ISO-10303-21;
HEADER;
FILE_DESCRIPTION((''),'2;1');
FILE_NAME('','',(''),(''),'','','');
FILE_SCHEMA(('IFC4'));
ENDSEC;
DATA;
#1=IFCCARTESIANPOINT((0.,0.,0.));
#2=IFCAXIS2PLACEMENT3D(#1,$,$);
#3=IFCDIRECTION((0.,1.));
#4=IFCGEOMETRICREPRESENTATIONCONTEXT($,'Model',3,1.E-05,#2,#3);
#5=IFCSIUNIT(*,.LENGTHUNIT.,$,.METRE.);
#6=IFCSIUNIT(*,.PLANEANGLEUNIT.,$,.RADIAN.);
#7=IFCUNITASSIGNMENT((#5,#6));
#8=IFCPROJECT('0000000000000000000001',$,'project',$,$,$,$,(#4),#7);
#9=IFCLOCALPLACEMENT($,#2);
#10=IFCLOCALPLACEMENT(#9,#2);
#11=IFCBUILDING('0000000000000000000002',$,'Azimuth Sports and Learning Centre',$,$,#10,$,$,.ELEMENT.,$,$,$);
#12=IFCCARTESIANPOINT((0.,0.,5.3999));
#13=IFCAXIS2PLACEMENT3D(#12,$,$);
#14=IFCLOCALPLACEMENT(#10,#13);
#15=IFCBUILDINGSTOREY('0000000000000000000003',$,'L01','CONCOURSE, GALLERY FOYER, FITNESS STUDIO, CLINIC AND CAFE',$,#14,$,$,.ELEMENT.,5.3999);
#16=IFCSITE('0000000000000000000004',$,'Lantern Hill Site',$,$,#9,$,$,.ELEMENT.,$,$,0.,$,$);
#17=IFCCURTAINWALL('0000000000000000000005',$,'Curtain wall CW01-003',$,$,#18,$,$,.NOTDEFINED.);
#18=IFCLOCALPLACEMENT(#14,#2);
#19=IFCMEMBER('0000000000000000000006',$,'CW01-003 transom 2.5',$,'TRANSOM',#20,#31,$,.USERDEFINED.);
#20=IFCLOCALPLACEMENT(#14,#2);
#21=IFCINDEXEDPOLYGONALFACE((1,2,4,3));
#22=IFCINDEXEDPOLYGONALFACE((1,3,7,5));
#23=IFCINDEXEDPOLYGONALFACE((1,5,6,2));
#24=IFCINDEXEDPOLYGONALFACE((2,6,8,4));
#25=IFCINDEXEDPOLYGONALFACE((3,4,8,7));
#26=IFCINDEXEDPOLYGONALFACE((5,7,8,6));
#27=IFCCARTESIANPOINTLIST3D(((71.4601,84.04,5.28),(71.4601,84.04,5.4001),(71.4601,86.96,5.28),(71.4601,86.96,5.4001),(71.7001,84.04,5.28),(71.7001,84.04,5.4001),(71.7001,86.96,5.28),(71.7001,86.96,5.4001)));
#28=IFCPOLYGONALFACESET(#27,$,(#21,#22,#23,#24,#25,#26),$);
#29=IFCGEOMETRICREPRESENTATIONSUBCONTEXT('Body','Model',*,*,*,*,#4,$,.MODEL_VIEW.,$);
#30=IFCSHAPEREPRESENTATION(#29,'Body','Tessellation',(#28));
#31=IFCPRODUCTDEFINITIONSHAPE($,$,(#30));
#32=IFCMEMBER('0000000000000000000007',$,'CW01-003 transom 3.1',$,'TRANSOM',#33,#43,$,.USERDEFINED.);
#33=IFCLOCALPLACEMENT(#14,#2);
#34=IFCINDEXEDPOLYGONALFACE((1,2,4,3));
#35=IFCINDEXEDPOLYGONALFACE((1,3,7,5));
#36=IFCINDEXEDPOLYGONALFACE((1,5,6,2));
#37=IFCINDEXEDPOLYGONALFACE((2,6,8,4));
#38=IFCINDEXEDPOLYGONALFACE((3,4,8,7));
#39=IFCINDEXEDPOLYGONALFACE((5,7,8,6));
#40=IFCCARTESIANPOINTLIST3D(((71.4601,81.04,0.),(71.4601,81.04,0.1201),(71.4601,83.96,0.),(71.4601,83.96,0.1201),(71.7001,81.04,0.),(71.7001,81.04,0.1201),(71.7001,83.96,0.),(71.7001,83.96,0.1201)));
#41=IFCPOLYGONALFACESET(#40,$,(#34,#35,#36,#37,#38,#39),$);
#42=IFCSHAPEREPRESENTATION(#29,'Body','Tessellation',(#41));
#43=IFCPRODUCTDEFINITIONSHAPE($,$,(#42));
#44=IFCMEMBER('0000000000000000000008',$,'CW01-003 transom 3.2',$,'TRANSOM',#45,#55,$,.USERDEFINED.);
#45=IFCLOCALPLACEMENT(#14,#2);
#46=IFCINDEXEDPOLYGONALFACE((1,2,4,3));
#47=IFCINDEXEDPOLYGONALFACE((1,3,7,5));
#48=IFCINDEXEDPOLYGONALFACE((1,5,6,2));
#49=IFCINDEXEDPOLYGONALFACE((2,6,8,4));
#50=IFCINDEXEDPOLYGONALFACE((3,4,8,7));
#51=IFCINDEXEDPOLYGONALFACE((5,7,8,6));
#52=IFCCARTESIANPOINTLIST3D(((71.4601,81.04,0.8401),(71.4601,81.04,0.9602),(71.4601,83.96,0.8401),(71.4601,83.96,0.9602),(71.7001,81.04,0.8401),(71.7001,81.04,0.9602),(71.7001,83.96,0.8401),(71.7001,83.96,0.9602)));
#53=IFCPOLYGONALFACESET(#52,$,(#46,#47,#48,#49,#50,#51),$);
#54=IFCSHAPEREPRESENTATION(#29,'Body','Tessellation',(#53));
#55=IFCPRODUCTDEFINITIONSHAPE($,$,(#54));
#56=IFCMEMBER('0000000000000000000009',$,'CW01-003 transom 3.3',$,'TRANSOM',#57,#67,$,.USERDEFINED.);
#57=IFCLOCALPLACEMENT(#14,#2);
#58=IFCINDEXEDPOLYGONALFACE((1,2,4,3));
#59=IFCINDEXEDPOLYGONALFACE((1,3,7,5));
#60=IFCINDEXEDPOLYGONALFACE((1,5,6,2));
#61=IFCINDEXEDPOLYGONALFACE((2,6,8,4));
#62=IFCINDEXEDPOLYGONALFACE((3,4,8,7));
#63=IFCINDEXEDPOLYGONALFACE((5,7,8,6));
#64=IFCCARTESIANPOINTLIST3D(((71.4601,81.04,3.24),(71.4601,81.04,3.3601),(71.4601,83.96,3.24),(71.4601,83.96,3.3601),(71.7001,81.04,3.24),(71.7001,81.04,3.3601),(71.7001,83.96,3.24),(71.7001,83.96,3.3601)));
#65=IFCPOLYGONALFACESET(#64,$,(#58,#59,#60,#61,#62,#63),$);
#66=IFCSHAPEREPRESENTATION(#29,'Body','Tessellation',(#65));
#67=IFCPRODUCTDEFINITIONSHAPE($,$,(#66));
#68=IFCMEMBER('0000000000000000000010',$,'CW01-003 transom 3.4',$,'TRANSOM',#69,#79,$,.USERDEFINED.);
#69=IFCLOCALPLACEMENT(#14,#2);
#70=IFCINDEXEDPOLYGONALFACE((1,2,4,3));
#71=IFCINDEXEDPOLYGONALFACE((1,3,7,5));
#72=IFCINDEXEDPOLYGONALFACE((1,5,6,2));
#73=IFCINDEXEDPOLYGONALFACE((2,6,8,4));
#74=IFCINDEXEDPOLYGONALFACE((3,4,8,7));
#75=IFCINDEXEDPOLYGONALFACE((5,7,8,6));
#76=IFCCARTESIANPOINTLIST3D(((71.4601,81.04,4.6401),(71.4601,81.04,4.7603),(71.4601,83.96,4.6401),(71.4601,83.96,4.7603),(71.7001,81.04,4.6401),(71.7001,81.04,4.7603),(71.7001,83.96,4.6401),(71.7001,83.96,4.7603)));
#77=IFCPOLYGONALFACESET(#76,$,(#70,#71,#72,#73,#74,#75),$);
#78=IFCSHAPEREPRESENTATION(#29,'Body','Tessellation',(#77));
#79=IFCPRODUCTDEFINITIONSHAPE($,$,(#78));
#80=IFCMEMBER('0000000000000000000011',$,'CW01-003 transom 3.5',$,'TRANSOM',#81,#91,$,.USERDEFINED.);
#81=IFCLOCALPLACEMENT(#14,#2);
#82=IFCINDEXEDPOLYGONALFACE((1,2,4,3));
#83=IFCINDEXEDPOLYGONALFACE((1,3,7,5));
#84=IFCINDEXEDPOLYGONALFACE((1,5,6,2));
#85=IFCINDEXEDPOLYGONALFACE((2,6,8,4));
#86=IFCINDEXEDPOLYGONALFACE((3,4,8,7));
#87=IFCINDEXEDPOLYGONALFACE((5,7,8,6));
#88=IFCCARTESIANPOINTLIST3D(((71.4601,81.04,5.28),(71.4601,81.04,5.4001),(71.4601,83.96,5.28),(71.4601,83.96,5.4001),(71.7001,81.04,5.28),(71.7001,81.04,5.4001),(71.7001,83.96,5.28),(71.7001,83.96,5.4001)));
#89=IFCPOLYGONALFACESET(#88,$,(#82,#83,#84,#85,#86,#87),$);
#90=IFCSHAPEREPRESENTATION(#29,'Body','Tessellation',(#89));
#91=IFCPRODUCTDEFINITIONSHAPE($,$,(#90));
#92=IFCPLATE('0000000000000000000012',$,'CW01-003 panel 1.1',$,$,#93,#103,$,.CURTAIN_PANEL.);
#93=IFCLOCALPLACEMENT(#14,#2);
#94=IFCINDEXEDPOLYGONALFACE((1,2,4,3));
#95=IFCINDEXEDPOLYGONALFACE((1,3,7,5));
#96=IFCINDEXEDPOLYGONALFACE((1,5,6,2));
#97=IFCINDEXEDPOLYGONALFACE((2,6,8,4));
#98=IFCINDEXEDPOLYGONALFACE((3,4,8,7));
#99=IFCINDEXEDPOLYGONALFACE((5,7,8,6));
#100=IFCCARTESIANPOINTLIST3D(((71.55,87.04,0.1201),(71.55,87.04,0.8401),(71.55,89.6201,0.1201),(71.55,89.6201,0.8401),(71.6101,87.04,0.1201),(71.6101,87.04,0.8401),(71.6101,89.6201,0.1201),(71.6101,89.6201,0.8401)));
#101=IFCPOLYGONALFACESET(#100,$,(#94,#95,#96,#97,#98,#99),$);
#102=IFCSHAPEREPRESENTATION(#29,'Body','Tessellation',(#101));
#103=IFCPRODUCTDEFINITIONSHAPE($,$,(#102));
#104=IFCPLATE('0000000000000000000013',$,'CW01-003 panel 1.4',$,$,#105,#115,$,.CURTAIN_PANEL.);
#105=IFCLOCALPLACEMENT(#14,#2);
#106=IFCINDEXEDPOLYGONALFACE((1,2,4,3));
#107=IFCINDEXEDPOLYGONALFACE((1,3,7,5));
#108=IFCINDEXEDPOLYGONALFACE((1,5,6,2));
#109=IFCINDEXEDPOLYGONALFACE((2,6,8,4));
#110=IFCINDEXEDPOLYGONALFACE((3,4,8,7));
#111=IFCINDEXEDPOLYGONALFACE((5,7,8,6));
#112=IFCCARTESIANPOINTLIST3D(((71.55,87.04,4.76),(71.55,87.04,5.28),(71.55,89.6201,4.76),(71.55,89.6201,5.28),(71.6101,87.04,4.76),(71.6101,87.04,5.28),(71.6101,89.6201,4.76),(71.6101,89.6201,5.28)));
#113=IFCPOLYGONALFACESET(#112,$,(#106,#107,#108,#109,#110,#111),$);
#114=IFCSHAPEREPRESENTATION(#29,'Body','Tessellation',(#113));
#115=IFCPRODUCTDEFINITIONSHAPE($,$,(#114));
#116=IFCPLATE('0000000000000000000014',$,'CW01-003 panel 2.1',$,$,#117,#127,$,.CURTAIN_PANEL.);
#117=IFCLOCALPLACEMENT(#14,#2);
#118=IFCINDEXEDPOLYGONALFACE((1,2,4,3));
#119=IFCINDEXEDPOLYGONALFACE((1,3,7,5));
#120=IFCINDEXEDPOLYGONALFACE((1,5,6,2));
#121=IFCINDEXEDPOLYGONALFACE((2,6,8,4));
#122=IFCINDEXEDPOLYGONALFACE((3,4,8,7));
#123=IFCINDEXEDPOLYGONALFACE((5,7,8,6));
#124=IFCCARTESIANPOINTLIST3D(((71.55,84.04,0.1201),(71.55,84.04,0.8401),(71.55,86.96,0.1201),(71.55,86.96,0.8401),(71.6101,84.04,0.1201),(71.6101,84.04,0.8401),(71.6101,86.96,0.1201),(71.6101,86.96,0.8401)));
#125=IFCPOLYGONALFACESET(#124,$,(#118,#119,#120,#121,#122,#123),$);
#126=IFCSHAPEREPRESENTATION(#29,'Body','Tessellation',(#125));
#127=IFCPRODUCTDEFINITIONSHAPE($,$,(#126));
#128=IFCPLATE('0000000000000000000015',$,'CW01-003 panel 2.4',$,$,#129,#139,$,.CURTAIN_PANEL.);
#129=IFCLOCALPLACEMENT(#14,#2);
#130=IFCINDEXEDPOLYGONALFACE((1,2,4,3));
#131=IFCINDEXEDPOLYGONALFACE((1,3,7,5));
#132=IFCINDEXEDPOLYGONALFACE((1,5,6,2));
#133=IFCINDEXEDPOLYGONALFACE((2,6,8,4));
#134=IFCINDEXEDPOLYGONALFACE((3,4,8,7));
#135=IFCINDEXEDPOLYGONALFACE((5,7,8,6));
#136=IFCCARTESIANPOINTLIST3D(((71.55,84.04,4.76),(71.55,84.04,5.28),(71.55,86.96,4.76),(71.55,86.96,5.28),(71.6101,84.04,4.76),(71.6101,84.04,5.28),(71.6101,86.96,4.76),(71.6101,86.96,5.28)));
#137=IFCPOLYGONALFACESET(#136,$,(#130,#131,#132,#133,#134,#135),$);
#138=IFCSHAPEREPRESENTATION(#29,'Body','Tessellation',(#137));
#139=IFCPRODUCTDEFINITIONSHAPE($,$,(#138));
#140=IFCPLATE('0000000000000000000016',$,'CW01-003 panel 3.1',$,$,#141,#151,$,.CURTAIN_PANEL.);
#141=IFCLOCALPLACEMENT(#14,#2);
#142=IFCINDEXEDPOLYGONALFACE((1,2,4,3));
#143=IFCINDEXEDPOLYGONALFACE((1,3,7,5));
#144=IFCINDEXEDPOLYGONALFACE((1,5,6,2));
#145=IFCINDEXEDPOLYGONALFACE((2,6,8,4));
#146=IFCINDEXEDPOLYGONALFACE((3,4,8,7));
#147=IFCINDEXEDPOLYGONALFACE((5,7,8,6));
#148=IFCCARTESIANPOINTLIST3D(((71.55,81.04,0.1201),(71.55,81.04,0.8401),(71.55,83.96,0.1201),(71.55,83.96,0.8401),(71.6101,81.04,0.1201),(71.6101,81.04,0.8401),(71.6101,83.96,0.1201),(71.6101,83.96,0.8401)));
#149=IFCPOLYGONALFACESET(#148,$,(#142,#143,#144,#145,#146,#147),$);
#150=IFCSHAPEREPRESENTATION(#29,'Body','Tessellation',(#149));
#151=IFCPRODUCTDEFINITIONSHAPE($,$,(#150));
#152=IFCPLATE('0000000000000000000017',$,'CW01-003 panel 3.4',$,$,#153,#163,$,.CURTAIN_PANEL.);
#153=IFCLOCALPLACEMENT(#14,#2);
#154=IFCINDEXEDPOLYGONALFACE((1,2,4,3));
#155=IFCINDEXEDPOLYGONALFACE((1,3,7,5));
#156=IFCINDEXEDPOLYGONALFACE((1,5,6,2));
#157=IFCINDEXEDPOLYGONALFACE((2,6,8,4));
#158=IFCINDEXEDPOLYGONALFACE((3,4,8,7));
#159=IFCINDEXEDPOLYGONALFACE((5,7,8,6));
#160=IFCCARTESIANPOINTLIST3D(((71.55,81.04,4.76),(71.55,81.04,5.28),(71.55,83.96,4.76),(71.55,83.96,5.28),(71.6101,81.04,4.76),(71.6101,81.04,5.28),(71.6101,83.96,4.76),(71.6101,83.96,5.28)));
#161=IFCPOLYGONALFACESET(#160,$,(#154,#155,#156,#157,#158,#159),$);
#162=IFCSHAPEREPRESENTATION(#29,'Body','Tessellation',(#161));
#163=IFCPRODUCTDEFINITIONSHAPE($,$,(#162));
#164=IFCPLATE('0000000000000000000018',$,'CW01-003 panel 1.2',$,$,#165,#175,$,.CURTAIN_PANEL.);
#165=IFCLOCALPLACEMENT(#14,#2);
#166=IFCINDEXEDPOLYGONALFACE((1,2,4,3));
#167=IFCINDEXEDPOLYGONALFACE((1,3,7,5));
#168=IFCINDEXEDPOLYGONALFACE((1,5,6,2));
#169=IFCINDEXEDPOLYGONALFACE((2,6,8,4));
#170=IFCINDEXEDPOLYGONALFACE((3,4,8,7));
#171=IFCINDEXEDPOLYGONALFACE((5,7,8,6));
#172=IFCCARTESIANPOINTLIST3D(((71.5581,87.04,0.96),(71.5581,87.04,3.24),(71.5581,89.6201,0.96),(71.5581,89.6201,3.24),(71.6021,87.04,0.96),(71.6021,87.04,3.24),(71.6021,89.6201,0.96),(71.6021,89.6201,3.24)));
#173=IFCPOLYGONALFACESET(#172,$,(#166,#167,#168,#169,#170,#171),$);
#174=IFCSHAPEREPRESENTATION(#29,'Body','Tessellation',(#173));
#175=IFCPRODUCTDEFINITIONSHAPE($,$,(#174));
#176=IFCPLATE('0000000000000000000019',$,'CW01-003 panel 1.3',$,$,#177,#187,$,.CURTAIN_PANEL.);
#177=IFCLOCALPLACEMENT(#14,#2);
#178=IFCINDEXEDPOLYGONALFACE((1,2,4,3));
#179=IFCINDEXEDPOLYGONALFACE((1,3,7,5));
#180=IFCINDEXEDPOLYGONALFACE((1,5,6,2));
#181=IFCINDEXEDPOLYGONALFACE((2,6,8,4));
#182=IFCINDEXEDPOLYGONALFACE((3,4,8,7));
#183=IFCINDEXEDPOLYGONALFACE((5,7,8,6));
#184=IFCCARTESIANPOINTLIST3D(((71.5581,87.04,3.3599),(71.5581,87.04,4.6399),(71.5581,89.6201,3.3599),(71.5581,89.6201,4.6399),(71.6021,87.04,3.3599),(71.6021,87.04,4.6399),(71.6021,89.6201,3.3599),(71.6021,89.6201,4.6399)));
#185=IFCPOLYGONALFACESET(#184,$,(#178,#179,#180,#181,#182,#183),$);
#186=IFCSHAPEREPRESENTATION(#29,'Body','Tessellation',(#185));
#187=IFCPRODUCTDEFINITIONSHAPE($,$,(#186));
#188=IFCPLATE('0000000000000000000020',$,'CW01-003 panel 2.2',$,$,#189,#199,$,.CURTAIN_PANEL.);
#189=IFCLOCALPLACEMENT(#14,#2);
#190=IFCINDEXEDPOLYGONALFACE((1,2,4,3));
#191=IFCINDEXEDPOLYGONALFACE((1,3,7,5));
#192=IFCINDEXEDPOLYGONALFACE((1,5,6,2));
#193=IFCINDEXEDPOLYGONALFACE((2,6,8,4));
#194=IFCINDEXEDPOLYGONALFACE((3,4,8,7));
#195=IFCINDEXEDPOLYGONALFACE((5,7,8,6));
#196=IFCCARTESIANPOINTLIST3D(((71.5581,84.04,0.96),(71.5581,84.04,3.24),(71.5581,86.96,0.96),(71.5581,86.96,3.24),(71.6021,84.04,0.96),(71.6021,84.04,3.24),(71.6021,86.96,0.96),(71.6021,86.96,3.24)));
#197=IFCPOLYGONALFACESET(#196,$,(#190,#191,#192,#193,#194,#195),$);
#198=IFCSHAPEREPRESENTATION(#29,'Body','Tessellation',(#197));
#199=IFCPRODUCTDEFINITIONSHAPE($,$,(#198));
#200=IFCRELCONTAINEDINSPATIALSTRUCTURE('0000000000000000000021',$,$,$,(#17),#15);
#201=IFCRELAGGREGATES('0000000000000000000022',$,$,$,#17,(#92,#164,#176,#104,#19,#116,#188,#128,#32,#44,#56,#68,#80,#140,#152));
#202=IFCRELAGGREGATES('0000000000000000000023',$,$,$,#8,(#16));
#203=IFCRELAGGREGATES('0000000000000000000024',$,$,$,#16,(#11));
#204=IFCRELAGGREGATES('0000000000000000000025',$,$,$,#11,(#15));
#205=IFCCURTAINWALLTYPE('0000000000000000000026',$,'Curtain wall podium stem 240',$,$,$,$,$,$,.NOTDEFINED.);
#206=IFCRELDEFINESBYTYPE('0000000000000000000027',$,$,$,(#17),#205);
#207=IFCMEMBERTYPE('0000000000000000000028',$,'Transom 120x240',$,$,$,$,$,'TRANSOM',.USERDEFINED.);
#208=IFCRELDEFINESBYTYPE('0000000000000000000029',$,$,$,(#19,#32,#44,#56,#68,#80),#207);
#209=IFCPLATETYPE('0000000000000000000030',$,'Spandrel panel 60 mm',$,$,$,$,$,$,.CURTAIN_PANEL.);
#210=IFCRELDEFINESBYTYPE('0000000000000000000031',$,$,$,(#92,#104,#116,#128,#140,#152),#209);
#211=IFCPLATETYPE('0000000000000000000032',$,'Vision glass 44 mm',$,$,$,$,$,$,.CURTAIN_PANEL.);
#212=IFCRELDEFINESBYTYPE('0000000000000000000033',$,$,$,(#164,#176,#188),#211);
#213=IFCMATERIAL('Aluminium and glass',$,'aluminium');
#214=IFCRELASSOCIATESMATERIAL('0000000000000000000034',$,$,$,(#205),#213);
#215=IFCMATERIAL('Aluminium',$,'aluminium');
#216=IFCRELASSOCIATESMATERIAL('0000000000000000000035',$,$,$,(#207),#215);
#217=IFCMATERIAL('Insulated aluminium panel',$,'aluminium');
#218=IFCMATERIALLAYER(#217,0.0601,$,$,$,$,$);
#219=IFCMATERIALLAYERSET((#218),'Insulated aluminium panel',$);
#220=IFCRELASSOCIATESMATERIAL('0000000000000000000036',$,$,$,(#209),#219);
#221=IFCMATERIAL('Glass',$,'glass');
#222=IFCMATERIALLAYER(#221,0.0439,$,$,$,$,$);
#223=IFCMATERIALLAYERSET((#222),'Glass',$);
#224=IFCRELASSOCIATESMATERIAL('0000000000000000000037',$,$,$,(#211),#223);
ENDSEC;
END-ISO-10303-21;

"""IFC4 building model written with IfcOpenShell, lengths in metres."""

from ifc_helpers import new_model, si_unit, direction, frame, origin, origin_2d, place, context, subcontext, project, spatial, rectangle, extrude, material, layer, layer_set, material_profile, profile_set, type_object, element, aggregate, save


model = new_model("IFC4")

# Units and contexts
model_context = context("Model", 3, precision=1e-05, world=origin(), true_north=direction((0.0, 1.0)))
body_context = subcontext(model_context, "Body", "Model", "MODEL_VIEW")
ifc_project = project(units=[si_unit("LENGTHUNIT", "METRE"), si_unit("PLANEANGLEUNIT", "RADIAN")], contexts=[model_context])

# Site, building, storey
site_placement = place(None, origin())
site = spatial("IfcSite", under=ifc_project, at=site_placement, Name="Lantern Hill Site", CompositionType="ELEMENT", RefElevation=0.0)
building_placement = place(site_placement, origin())
building = spatial("IfcBuilding", under=site, at=building_placement, Name="Azimuth Sports and Learning Centre", CompositionType="ELEMENT")
storey_placement = place(building_placement, frame((0.0, 0.0, 5.3999)))
storey = spatial("IfcBuildingStorey", under=building, at=storey_placement, Name="L01", Description="CONCOURSE, GALLERY FOYER, FITNESS STUDIO, CLINIC AND CAFE", CompositionType="ELEMENT", Elevation=5.3999)

# Curtain wall, members, plates
ifc_material_1 = material(Name="Aluminium and glass", Category="aluminium")
curtain_wall_type = type_object("IfcCurtainWallType", Name="Curtain wall podium stem 240", PredefinedType="NOTDEFINED", material=ifc_material_1)
curtain_wall_placement = place(storey_placement, origin())
curtain_wall = element("IfcCurtainWall", 1, at=curtain_wall_placement, inside=storey, type_object=curtain_wall_type, Name="Curtain wall CW01-003", PredefinedType="NOTDEFINED")
ifc_material_2 = material(Name="Aluminium", Category="aluminium")
ifc_material_profile_1 = material_profile(ifc_material_2, rectangle(XDim=0.24, YDim=0.1201, at=origin_2d()), Name="Transom 120x240")
ifc_profile_set_1 = profile_set([ifc_material_profile_1], Name="Aluminium")
member_type_1 = type_object("IfcMemberType", Name="Transom 120x240", ElementType="TRANSOM", PredefinedType="USERDEFINED", material=ifc_profile_set_1)
member_1_placement = place(storey_placement, frame((71.5801, 86.96, 5.3401), z_axis=(0.0, -1.0, 0.0), x_axis=(1.0, 0.0, 0.0)))
member_1 = element("IfcMember", 2, at=member_1_placement, type_object=member_type_1, Name="CW01-003 transom 2.5", ObjectType="TRANSOM", PredefinedType="USERDEFINED", context=body_context, shape_type="SweptSolid", body=[
    extrude(rectangle(XDim=0.24, YDim=0.1201, at=origin_2d()), origin(), (0.0, 0.0, 1.0), 2.9199),
])
member_2_placement = place(storey_placement, frame((71.5801, 83.96, 0.0601), z_axis=(0.0, -1.0, 0.0), x_axis=(1.0, 0.0, 0.0)))
member_2 = element("IfcMember", 3, at=member_2_placement, type_object=member_type_1, Name="CW01-003 transom 3.1", ObjectType="TRANSOM", PredefinedType="USERDEFINED", context=body_context, shape_type="SweptSolid", body=[
    extrude(rectangle(XDim=0.24, YDim=0.1201, at=origin_2d()), origin(), (0.0, 0.0, 1.0), 2.9199),
])
member_3_placement = place(storey_placement, frame((71.5801, 83.96, 0.9001), z_axis=(0.0, -1.0, 0.0), x_axis=(1.0, 0.0, 0.0)))
member_3 = element("IfcMember", 4, at=member_3_placement, type_object=member_type_1, Name="CW01-003 transom 3.2", ObjectType="TRANSOM", PredefinedType="USERDEFINED", context=body_context, shape_type="SweptSolid", body=[
    extrude(rectangle(XDim=0.24, YDim=0.1201, at=origin_2d()), origin(), (0.0, 0.0, 1.0), 2.9199),
])
member_4_placement = place(storey_placement, frame((71.5801, 83.96, 3.3), z_axis=(0.0, -1.0, 0.0), x_axis=(1.0, 0.0, 0.0)))
member_4 = element("IfcMember", 5, at=member_4_placement, type_object=member_type_1, Name="CW01-003 transom 3.3", ObjectType="TRANSOM", PredefinedType="USERDEFINED", context=body_context, shape_type="SweptSolid", body=[
    extrude(rectangle(XDim=0.24, YDim=0.1201, at=origin_2d()), origin(), (0.0, 0.0, 1.0), 2.9199),
])
member_5_placement = place(storey_placement, frame((71.5801, 83.96, 4.7002), z_axis=(0.0, -1.0, 0.0), x_axis=(1.0, 0.0, 0.0)))
member_5 = element("IfcMember", 6, at=member_5_placement, type_object=member_type_1, Name="CW01-003 transom 3.4", ObjectType="TRANSOM", PredefinedType="USERDEFINED", context=body_context, shape_type="SweptSolid", body=[
    extrude(rectangle(XDim=0.24, YDim=0.1201, at=origin_2d()), origin(), (0.0, 0.0, 1.0), 2.9199),
])
member_6_placement = place(storey_placement, frame((71.5801, 83.96, 5.3401), z_axis=(0.0, -1.0, 0.0), x_axis=(1.0, 0.0, 0.0)))
member_6 = element("IfcMember", 7, at=member_6_placement, type_object=member_type_1, Name="CW01-003 transom 3.5", ObjectType="TRANSOM", PredefinedType="USERDEFINED", context=body_context, shape_type="SweptSolid", body=[
    extrude(rectangle(XDim=0.24, YDim=0.1201, at=origin_2d()), origin(), (0.0, 0.0, 1.0), 2.9199),
])
ifc_material_3 = material(Name="Insulated aluminium panel", Category="aluminium")
ifc_layer_1 = layer(ifc_material_3, 0.0601)
ifc_layer_set_1 = layer_set([ifc_layer_1], Name="Insulated aluminium panel")
plate_type_1 = type_object("IfcPlateType", Name="Spandrel panel 60 mm", PredefinedType="CURTAIN_PANEL", material=ifc_layer_set_1)
plate_1_placement = place(storey_placement, frame((71.5801, 88.3301, 0.1201), z_axis=(0.0, 0.0, 1.0), x_axis=(0.0, -1.0, 0.0)))
plate_1 = element("IfcPlate", 8, at=plate_1_placement, type_object=plate_type_1, Name="CW01-003 panel 1.1", PredefinedType="CURTAIN_PANEL", context=body_context, shape_type="SweptSolid", body=[
    extrude(rectangle(XDim=2.5801, YDim=0.0601, at=origin_2d()), origin(), (0.0, 0.0, 1.0), 0.72),
])
plate_2_placement = place(storey_placement, frame((71.5801, 88.3301, 4.76), z_axis=(0.0, 0.0, 1.0), x_axis=(0.0, -1.0, 0.0)))
plate_2 = element("IfcPlate", 9, at=plate_2_placement, type_object=plate_type_1, Name="CW01-003 panel 1.4", PredefinedType="CURTAIN_PANEL", context=body_context, shape_type="SweptSolid", body=[
    extrude(rectangle(XDim=2.5801, YDim=0.0601, at=origin_2d()), origin(), (0.0, 0.0, 1.0), 0.52),
])
plate_3_placement = place(storey_placement, frame((71.5801, 85.5, 0.1201), z_axis=(0.0, 0.0, 1.0), x_axis=(0.0, -1.0, 0.0)))
plate_3 = element("IfcPlate", 10, at=plate_3_placement, type_object=plate_type_1, Name="CW01-003 panel 2.1", PredefinedType="CURTAIN_PANEL", context=body_context, shape_type="SweptSolid", body=[
    extrude(rectangle(XDim=2.9199, YDim=0.0601, at=origin_2d()), origin(), (0.0, 0.0, 1.0), 0.72),
])
plate_4_placement = place(storey_placement, frame((71.5801, 85.5, 4.76), z_axis=(0.0, 0.0, 1.0), x_axis=(0.0, -1.0, 0.0)))
plate_4 = element("IfcPlate", 11, at=plate_4_placement, type_object=plate_type_1, Name="CW01-003 panel 2.4", PredefinedType="CURTAIN_PANEL", context=body_context, shape_type="SweptSolid", body=[
    extrude(rectangle(XDim=2.9199, YDim=0.0601, at=origin_2d()), origin(), (0.0, 0.0, 1.0), 0.52),
])
plate_5_placement = place(storey_placement, frame((71.5801, 82.5, 0.1201), z_axis=(0.0, 0.0, 1.0), x_axis=(0.0, -1.0, 0.0)))
plate_5 = element("IfcPlate", 12, at=plate_5_placement, type_object=plate_type_1, Name="CW01-003 panel 3.1", PredefinedType="CURTAIN_PANEL", context=body_context, shape_type="SweptSolid", body=[
    extrude(rectangle(XDim=2.9199, YDim=0.0601, at=origin_2d()), origin(), (0.0, 0.0, 1.0), 0.72),
])
plate_6_placement = place(storey_placement, frame((71.5801, 82.5, 4.76), z_axis=(0.0, 0.0, 1.0), x_axis=(0.0, -1.0, 0.0)))
plate_6 = element("IfcPlate", 13, at=plate_6_placement, type_object=plate_type_1, Name="CW01-003 panel 3.4", PredefinedType="CURTAIN_PANEL", context=body_context, shape_type="SweptSolid", body=[
    extrude(rectangle(XDim=2.9199, YDim=0.0601, at=origin_2d()), origin(), (0.0, 0.0, 1.0), 0.52),
])
ifc_material_4 = material(Name="Glass", Category="glass")
ifc_layer_2 = layer(ifc_material_4, 0.0439)
ifc_layer_set_2 = layer_set([ifc_layer_2], Name="Glass")
plate_type_2 = type_object("IfcPlateType", Name="Vision glass 44 mm", PredefinedType="CURTAIN_PANEL", material=ifc_layer_set_2)
plate_7_placement = place(storey_placement, frame((71.5801, 88.3301, 0.96), z_axis=(0.0, 0.0, 1.0), x_axis=(0.0, -1.0, 0.0)))
plate_7 = element("IfcPlate", 14, at=plate_7_placement, type_object=plate_type_2, Name="CW01-003 panel 1.2", PredefinedType="CURTAIN_PANEL", context=body_context, shape_type="SweptSolid", body=[
    extrude(rectangle(XDim=2.5801, YDim=0.0439, at=origin_2d()), origin(), (0.0, 0.0, 1.0), 2.28),
])
plate_8_placement = place(storey_placement, frame((71.5801, 88.3301, 3.3599), z_axis=(0.0, 0.0, 1.0), x_axis=(0.0, -1.0, 0.0)))
plate_8 = element("IfcPlate", 15, at=plate_8_placement, type_object=plate_type_2, Name="CW01-003 panel 1.3", PredefinedType="CURTAIN_PANEL", context=body_context, shape_type="SweptSolid", body=[
    extrude(rectangle(XDim=2.5801, YDim=0.0439, at=origin_2d()), origin(), (0.0, 0.0, 1.0), 1.28),
])
plate_9_placement = place(storey_placement, frame((71.5801, 85.5, 0.96), z_axis=(0.0, 0.0, 1.0), x_axis=(0.0, -1.0, 0.0)))
plate_9 = element("IfcPlate", 16, at=plate_9_placement, type_object=plate_type_2, Name="CW01-003 panel 2.2", PredefinedType="CURTAIN_PANEL", context=body_context, shape_type="SweptSolid", body=[
    extrude(rectangle(XDim=2.9199, YDim=0.0439, at=origin_2d()), origin(), (0.0, 0.0, 1.0), 2.28),
])
aggregate(curtain_wall, [plate_1, plate_7, plate_8, plate_2, member_1, plate_3, plate_9, plate_4, member_2, member_3, member_4, member_5, member_6, plate_5, plate_6])

save(model, "model.ifc")
